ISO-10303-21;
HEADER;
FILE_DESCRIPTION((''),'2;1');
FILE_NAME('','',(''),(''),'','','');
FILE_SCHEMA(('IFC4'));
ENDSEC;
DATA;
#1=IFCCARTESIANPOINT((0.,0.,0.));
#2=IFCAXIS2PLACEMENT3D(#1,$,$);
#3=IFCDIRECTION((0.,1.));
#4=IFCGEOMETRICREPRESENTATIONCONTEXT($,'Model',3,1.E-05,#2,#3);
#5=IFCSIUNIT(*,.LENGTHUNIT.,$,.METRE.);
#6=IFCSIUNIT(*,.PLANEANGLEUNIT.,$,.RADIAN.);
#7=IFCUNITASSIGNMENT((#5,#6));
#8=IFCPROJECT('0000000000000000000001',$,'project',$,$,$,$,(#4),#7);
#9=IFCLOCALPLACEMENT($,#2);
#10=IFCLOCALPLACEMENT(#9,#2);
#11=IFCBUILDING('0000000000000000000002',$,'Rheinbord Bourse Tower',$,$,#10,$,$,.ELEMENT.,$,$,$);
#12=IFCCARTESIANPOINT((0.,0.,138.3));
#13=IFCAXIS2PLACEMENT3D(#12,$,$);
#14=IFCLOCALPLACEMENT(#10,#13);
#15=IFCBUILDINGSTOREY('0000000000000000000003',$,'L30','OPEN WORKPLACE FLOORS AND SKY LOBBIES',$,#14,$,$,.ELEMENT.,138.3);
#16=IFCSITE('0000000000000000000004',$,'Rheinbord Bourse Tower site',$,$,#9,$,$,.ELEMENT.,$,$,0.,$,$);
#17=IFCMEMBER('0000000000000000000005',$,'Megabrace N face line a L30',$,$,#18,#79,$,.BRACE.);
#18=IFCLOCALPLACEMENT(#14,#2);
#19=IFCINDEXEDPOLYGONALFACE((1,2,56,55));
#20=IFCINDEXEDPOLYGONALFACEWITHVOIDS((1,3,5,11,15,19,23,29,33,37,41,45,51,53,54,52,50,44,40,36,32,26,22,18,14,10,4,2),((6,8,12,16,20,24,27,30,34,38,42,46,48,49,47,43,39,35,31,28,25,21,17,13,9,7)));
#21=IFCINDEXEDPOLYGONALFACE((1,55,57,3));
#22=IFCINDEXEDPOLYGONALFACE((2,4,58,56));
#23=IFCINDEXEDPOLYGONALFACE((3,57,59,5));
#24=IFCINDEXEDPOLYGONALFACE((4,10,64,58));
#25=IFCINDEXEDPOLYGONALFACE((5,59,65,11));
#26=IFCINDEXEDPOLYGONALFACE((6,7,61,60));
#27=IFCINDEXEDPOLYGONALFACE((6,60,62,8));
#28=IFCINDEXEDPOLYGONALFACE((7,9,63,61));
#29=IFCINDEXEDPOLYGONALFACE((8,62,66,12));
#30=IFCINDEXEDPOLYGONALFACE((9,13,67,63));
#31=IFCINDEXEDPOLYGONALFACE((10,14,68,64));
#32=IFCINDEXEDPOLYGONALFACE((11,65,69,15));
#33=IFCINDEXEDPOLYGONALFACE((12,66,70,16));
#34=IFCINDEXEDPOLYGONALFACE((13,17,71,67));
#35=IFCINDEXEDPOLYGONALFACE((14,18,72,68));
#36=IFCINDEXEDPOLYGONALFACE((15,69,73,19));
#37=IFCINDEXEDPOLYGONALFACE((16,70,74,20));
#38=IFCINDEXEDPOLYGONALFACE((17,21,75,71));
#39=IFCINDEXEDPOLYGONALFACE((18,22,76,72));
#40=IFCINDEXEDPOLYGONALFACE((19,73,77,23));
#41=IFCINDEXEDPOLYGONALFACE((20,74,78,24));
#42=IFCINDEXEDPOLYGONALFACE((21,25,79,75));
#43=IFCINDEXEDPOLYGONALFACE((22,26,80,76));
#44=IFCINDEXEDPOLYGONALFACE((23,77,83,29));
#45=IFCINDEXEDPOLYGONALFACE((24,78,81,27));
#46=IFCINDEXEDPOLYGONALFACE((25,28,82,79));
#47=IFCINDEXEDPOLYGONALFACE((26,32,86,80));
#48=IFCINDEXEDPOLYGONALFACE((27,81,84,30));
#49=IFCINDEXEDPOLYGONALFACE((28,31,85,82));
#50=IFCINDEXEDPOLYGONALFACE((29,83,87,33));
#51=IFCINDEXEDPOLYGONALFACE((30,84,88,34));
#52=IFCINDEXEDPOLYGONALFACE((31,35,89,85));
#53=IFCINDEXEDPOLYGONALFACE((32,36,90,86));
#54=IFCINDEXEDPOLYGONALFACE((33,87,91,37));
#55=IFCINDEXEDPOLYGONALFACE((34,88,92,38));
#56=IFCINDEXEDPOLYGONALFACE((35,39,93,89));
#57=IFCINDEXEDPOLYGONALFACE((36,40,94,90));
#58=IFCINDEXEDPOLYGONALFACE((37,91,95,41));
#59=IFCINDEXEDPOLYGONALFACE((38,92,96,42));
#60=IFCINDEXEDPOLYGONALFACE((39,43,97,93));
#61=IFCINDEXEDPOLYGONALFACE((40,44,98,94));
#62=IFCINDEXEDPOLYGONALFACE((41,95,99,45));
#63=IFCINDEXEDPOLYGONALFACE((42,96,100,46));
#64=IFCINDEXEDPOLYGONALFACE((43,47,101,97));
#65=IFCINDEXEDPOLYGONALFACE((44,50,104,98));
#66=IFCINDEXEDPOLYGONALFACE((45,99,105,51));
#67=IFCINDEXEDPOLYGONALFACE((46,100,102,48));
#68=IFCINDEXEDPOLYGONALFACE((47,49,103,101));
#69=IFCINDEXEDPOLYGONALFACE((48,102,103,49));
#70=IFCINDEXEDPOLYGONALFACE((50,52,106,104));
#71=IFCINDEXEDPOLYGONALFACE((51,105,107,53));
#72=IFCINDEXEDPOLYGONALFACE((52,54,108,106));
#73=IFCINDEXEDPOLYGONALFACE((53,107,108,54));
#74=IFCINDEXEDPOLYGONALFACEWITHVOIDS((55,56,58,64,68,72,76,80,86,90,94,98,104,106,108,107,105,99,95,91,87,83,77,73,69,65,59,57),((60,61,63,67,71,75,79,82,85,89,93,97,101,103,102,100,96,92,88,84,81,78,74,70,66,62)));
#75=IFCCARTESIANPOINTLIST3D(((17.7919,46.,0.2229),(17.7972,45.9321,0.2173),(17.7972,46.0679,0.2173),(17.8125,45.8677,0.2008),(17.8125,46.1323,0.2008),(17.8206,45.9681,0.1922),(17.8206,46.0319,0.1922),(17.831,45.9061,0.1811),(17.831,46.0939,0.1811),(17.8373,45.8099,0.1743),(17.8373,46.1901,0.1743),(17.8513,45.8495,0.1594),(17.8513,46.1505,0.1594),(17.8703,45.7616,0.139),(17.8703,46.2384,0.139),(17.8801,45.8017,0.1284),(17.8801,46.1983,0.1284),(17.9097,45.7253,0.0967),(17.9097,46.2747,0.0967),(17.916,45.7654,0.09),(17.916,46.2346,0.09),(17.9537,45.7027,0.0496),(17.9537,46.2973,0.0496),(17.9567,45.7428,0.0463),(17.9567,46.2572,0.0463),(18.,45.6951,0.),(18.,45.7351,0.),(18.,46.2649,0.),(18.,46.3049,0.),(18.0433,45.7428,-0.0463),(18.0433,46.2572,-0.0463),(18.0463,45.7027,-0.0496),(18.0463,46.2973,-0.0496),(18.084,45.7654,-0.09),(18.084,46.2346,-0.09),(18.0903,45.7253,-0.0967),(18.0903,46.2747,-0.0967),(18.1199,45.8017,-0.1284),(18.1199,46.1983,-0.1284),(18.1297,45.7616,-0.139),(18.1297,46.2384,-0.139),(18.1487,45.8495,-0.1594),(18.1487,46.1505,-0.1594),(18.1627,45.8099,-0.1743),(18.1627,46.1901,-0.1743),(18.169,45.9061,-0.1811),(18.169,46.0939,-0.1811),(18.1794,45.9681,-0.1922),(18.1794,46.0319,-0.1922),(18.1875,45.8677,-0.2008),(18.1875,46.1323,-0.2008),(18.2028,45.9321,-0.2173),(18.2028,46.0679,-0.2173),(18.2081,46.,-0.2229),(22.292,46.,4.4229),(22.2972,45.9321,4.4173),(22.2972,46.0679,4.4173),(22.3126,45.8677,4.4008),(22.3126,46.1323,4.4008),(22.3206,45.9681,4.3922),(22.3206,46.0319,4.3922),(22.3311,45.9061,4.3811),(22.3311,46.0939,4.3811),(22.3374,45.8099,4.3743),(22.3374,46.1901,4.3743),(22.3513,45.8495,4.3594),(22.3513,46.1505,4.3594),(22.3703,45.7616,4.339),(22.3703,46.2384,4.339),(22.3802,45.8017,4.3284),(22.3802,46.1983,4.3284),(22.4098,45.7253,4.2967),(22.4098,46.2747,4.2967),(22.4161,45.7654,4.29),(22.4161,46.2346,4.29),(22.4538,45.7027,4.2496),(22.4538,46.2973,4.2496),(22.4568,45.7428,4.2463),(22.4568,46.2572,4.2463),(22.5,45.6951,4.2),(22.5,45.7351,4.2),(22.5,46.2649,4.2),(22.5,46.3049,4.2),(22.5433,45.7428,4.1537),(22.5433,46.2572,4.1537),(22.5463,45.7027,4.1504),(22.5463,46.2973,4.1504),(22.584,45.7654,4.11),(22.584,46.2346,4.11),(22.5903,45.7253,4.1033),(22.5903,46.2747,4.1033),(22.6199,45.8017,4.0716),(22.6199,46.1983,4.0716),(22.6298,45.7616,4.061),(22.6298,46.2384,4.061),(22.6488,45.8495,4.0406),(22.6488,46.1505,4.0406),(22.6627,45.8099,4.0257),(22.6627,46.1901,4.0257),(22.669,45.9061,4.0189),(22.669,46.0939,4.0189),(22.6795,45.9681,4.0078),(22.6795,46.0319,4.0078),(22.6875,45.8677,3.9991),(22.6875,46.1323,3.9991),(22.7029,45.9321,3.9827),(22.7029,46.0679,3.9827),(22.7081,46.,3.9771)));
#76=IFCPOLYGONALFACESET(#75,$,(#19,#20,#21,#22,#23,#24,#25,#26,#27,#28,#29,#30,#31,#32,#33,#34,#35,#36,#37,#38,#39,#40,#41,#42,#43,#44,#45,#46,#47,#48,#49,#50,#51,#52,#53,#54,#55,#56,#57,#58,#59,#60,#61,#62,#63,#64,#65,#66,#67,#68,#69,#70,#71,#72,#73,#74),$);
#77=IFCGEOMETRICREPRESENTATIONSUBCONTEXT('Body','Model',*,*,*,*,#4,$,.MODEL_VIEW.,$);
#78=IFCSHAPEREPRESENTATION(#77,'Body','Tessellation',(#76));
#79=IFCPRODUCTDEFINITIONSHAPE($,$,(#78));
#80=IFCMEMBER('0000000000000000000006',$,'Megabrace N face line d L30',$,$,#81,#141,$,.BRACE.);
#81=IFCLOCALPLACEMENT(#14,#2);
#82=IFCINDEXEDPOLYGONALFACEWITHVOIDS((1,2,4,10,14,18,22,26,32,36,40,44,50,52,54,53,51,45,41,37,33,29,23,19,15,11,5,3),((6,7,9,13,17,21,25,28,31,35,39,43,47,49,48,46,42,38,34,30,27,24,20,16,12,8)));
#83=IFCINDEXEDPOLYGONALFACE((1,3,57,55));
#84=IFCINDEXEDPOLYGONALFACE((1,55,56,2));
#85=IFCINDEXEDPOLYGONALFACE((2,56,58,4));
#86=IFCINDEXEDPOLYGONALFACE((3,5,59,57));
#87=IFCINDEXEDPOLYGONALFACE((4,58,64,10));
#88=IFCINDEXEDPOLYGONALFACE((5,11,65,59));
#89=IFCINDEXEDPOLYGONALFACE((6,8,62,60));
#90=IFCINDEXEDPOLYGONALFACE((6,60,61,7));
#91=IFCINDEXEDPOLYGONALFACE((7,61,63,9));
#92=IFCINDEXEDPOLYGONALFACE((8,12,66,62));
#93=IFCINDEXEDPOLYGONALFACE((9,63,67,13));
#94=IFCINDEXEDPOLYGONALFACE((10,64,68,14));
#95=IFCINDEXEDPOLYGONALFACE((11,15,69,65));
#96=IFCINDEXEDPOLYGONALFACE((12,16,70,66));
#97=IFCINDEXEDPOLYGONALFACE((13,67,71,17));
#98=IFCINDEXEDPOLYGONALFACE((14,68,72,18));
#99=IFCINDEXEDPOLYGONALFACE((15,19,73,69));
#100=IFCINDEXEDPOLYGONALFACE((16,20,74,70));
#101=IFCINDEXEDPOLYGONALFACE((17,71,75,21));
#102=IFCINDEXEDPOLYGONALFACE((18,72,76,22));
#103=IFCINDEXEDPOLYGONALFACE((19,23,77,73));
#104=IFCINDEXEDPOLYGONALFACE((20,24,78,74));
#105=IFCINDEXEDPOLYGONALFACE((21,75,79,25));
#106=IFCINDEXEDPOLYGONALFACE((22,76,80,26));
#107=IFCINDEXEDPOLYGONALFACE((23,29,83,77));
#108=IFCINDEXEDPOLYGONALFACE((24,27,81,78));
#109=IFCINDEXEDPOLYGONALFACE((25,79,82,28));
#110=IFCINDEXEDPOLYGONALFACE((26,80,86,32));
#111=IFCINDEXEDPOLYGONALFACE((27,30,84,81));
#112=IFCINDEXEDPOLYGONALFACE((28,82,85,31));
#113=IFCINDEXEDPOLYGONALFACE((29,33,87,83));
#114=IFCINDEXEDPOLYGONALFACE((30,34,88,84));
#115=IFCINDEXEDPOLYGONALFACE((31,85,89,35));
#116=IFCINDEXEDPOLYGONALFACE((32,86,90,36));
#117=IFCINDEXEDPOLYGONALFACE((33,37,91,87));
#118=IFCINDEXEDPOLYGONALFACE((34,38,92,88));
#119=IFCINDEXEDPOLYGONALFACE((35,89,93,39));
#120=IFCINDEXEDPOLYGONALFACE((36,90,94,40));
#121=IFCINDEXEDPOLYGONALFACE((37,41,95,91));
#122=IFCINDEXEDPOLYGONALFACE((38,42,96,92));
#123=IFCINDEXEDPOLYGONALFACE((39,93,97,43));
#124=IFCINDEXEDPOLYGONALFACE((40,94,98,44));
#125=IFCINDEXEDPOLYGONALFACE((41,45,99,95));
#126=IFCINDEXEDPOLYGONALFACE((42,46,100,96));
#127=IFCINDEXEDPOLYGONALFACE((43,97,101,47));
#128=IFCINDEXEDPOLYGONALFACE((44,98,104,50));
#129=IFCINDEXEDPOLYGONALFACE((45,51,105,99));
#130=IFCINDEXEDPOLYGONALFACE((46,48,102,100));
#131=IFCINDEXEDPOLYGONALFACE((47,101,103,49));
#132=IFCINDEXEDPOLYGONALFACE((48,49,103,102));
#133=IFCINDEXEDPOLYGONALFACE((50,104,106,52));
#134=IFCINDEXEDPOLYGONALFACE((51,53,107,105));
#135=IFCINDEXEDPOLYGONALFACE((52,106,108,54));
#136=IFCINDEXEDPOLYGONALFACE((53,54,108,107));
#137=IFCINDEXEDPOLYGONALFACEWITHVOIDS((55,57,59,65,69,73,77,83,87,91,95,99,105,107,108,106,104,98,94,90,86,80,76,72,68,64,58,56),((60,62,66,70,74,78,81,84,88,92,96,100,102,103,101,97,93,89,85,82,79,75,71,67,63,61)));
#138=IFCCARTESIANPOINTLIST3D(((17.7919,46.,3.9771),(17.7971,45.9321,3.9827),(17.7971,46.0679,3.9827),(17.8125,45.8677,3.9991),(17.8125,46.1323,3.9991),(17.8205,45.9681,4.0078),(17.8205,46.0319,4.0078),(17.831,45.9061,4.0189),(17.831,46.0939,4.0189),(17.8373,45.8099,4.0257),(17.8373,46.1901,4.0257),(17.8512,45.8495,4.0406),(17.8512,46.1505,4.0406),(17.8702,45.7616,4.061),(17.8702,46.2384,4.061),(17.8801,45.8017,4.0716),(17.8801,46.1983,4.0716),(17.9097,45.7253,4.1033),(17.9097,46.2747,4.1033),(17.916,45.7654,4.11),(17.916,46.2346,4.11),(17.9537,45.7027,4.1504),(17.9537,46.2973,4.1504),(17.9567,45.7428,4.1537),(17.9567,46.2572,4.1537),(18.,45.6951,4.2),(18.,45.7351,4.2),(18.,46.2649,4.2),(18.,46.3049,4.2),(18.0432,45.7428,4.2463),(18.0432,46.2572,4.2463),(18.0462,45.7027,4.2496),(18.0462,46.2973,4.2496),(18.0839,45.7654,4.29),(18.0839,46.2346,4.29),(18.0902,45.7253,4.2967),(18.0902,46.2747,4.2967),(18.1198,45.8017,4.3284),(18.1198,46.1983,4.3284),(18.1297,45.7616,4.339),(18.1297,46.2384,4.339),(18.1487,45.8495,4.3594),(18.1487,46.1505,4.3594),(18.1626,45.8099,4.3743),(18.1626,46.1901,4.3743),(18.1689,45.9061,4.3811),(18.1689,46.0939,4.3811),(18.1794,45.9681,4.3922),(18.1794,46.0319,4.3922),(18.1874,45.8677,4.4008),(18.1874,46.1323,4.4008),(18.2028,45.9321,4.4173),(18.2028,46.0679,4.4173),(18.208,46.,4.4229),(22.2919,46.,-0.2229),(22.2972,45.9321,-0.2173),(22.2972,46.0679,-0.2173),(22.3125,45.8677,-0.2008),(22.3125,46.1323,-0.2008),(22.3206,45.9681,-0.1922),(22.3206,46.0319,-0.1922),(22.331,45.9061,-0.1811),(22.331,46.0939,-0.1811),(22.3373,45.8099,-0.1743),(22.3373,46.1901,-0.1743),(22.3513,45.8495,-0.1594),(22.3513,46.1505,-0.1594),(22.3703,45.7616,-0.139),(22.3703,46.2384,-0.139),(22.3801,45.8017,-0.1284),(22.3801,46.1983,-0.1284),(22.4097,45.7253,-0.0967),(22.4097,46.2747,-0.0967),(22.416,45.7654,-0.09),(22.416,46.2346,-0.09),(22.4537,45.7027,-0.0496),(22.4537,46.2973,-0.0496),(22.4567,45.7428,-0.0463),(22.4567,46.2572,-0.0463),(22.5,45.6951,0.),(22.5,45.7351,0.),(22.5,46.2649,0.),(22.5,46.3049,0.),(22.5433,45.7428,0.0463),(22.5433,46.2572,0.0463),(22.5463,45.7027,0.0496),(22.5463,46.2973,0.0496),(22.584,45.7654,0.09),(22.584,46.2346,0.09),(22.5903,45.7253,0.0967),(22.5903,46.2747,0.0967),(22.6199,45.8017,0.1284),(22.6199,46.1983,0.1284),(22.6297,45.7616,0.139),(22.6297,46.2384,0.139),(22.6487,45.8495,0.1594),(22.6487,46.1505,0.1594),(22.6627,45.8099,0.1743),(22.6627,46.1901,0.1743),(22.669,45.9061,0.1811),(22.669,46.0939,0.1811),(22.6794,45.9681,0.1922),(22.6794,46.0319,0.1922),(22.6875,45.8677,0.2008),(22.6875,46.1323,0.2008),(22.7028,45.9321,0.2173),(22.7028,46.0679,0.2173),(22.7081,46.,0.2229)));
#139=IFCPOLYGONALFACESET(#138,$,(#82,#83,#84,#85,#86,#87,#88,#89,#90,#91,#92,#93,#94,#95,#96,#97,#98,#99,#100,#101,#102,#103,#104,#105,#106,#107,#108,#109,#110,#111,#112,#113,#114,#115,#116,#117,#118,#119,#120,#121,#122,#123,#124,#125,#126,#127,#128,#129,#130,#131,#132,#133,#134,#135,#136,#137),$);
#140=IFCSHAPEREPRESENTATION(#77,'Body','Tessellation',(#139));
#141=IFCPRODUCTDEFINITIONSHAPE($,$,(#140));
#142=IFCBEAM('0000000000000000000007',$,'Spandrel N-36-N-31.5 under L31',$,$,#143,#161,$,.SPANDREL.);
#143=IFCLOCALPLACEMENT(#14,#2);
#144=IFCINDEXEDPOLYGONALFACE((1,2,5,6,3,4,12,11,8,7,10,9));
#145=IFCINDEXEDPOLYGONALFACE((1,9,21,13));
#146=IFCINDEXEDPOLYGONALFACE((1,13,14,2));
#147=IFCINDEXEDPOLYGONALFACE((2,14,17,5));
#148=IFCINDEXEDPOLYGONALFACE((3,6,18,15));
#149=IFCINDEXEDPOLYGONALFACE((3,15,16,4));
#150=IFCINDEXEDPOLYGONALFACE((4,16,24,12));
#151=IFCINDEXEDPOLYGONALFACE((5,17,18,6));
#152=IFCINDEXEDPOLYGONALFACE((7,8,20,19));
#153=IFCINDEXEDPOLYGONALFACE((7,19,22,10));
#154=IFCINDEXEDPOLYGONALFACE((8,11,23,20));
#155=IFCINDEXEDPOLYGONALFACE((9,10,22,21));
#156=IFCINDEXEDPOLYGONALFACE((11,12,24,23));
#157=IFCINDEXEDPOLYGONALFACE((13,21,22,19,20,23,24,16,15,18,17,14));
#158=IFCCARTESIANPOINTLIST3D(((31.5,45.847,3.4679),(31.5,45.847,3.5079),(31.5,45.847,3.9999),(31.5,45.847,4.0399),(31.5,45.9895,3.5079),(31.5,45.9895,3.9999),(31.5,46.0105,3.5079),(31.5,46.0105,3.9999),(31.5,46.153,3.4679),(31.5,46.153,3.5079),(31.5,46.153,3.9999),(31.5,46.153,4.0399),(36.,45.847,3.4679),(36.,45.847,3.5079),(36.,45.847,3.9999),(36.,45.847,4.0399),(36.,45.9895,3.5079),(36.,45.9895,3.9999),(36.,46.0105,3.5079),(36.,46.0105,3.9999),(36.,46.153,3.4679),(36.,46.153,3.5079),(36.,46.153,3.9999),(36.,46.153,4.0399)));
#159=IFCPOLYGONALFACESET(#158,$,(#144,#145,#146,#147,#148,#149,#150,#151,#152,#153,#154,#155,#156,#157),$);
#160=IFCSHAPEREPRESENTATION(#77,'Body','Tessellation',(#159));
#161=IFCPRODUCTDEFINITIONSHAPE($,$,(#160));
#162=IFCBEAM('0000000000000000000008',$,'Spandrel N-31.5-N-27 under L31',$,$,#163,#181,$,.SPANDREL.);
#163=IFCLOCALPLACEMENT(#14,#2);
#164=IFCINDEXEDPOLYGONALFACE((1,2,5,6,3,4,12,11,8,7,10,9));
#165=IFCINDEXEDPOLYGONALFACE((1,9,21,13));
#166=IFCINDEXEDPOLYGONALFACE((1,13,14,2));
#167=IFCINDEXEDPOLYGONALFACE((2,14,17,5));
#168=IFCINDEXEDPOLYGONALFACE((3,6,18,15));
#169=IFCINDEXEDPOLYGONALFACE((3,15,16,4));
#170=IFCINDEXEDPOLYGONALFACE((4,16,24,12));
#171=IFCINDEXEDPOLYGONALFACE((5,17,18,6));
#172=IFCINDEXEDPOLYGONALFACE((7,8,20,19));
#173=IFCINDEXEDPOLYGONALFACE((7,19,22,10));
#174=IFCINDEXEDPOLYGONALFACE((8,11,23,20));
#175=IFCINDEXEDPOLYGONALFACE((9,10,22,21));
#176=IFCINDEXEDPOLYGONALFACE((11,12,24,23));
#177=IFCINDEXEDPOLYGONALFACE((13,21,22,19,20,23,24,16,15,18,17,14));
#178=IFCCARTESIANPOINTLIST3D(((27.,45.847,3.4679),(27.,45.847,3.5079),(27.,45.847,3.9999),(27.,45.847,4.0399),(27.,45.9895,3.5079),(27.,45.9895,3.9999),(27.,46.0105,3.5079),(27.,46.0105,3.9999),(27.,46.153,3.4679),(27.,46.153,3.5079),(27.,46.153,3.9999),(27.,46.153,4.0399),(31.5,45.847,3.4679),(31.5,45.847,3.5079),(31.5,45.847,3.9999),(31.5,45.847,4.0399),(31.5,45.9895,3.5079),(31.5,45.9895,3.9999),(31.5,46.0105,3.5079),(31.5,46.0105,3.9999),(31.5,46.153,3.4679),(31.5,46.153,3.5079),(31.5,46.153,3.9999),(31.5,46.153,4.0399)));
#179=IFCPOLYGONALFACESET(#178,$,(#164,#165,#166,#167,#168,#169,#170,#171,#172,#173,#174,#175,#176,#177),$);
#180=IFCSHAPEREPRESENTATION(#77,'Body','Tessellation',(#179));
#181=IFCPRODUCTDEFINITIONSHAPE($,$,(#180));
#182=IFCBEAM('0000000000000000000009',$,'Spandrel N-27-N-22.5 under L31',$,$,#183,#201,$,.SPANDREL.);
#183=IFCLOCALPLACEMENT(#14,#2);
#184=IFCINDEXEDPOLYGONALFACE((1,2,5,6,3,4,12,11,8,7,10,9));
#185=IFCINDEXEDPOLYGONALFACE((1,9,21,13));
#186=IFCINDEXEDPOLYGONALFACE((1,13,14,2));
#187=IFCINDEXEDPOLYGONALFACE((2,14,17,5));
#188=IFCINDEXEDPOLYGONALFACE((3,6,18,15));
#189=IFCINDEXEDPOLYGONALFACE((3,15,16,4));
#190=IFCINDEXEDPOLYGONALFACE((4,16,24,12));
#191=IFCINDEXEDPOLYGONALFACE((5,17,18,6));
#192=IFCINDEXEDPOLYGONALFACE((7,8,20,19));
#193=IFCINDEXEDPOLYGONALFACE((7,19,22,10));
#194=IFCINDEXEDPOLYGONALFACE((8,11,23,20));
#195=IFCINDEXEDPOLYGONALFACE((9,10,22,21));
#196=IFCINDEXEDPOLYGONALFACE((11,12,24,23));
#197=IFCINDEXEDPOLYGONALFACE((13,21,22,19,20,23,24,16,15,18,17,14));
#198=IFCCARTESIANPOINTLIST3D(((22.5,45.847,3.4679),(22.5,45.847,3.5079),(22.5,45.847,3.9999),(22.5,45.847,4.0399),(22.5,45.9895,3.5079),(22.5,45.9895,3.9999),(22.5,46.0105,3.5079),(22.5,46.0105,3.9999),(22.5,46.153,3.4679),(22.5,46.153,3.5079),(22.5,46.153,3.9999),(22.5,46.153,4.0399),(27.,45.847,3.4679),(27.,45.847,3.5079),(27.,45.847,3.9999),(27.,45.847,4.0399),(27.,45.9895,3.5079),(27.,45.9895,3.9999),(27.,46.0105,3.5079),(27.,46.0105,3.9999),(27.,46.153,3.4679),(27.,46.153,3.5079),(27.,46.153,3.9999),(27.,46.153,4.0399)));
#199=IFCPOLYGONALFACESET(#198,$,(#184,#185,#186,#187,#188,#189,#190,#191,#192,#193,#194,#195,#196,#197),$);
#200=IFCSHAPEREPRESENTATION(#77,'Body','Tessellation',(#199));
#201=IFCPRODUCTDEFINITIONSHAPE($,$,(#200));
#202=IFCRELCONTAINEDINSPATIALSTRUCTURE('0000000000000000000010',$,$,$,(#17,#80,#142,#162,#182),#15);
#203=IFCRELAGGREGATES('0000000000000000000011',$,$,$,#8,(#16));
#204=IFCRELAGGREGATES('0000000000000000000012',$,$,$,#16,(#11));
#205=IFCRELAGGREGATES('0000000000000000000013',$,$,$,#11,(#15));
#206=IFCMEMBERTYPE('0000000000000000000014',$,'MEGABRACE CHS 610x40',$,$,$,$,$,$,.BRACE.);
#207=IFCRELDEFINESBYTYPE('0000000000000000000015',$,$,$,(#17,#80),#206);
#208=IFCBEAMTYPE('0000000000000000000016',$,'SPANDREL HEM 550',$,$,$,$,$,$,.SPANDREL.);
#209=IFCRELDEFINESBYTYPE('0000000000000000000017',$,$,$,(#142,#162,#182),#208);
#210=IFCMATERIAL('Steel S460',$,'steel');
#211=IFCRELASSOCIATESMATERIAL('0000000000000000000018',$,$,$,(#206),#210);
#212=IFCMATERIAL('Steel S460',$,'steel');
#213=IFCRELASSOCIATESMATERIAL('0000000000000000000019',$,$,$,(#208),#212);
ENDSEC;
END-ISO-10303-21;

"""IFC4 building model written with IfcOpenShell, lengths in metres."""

from ifc_helpers import new_model, si_unit, direction, frame, origin, origin_2d, place, context, subcontext, project, spatial, hollow_circle, i_section, extrude, material, material_profile, profile_set, type_object, element, save


model = new_model("IFC4")

# Units and contexts
model_context = context("Model", 3, precision=1e-05, world=origin(), true_north=direction((0.0, 1.0)))
body_context = subcontext(model_context, "Body", "Model", "MODEL_VIEW")
ifc_project = project(units=[si_unit("LENGTHUNIT", "METRE"), si_unit("PLANEANGLEUNIT", "RADIAN")], contexts=[model_context])

# Site, building, storey
site_placement = place(None, origin())
site = spatial("IfcSite", under=ifc_project, at=site_placement, Name="Rheinbord Bourse Tower site", CompositionType="ELEMENT", RefElevation=0.0)
building_placement = place(site_placement, origin())
building = spatial("IfcBuilding", under=site, at=building_placement, Name="Rheinbord Bourse Tower", CompositionType="ELEMENT")
storey_placement = place(building_placement, frame((0.0, 0.0, 138.3)))
storey = spatial("IfcBuildingStorey", under=building, at=storey_placement, Name="L30", Description="OPEN WORKPLACE FLOORS AND SKY LOBBIES", CompositionType="ELEMENT", Elevation=138.3)

# Members
ifc_material_1 = material(Name="Steel S460", Category="steel")
ifc_material_profile_1 = material_profile(ifc_material_1, hollow_circle(Radius=0.3049, WallThickness=0.04, at=origin_2d()), Name="CHS 610x40")
ifc_profile_set_1 = profile_set([ifc_material_profile_1], Name="Steel S460")
member_type_1 = type_object("IfcMemberType", Name="MEGABRACE CHS 610x40", PredefinedType="BRACE", material=ifc_profile_set_1)
for number, where, z_axis, x_axis, name in (
    (1, (18.0, 46.0, 0.0), (0.731059, 0.0, 0.682314), (0.0, 1.0, 0.0), "Megabrace N face line a L30"),
    (2, (22.5, 46.0, 0.0), (-0.731059, 0.0, 0.682314), (0.0, -1.0, 0.0), "Megabrace N face line d L30"),
):
    element("IfcMember", number, at=place(storey_placement, frame(where, z_axis=z_axis, x_axis=x_axis)), inside=storey, type_object=member_type_1, Name=name, PredefinedType="BRACE", context=body_context, shape_type="SweptSolid", body=[
        extrude(hollow_circle(Radius=0.3049, WallThickness=0.04, at=origin_2d()), origin(), (0.0, 0.0, 1.0), 6.1555),
    ])

# Beams
ifc_material_2 = material(Name="Steel S460", Category="steel")
ifc_material_profile_2 = material_profile(ifc_material_2, i_section(OverallWidth=0.3059, OverallDepth=0.572, WebThickness=0.021, FlangeThickness=0.04, at=origin_2d()), Name="HEM 550")
ifc_profile_set_2 = profile_set([ifc_material_profile_2], Name="Steel S460")
beam_type_1 = type_object("IfcBeamType", Name="SPANDREL HEM 550", PredefinedType="SPANDREL", material=ifc_profile_set_2)
for number, where, z_axis, x_axis, name in (
    (3, (36.0, 46.0, 3.7539), (-1.0, 0.0, 0.0), (0.0, -1.0, 0.0), "Spandrel N-36-N-31.5 under L31"),
    (4, (31.5, 46.0, 3.7539), (-1.0, 0.0, 0.0), (0.0, -1.0, 0.0), "Spandrel N-31.5-N-27 under L31"),
    (5, (27.0, 46.0, 3.7539), (-1.0, 0.0, 0.0), (0.0, -1.0, 0.0), "Spandrel N-27-N-22.5 under L31"),
):
    element("IfcBeam", number, at=place(storey_placement, frame(where, z_axis=z_axis, x_axis=x_axis)), inside=storey, type_object=beam_type_1, Name=name, PredefinedType="SPANDREL", context=body_context, shape_type="SweptSolid", body=[
        extrude(i_section(OverallWidth=0.3059, OverallDepth=0.572, WebThickness=0.021, FlangeThickness=0.04, at=origin_2d()), origin(), (0.0, 0.0, 1.0), 4.5),
    ])

save(model, "model.ifc")
